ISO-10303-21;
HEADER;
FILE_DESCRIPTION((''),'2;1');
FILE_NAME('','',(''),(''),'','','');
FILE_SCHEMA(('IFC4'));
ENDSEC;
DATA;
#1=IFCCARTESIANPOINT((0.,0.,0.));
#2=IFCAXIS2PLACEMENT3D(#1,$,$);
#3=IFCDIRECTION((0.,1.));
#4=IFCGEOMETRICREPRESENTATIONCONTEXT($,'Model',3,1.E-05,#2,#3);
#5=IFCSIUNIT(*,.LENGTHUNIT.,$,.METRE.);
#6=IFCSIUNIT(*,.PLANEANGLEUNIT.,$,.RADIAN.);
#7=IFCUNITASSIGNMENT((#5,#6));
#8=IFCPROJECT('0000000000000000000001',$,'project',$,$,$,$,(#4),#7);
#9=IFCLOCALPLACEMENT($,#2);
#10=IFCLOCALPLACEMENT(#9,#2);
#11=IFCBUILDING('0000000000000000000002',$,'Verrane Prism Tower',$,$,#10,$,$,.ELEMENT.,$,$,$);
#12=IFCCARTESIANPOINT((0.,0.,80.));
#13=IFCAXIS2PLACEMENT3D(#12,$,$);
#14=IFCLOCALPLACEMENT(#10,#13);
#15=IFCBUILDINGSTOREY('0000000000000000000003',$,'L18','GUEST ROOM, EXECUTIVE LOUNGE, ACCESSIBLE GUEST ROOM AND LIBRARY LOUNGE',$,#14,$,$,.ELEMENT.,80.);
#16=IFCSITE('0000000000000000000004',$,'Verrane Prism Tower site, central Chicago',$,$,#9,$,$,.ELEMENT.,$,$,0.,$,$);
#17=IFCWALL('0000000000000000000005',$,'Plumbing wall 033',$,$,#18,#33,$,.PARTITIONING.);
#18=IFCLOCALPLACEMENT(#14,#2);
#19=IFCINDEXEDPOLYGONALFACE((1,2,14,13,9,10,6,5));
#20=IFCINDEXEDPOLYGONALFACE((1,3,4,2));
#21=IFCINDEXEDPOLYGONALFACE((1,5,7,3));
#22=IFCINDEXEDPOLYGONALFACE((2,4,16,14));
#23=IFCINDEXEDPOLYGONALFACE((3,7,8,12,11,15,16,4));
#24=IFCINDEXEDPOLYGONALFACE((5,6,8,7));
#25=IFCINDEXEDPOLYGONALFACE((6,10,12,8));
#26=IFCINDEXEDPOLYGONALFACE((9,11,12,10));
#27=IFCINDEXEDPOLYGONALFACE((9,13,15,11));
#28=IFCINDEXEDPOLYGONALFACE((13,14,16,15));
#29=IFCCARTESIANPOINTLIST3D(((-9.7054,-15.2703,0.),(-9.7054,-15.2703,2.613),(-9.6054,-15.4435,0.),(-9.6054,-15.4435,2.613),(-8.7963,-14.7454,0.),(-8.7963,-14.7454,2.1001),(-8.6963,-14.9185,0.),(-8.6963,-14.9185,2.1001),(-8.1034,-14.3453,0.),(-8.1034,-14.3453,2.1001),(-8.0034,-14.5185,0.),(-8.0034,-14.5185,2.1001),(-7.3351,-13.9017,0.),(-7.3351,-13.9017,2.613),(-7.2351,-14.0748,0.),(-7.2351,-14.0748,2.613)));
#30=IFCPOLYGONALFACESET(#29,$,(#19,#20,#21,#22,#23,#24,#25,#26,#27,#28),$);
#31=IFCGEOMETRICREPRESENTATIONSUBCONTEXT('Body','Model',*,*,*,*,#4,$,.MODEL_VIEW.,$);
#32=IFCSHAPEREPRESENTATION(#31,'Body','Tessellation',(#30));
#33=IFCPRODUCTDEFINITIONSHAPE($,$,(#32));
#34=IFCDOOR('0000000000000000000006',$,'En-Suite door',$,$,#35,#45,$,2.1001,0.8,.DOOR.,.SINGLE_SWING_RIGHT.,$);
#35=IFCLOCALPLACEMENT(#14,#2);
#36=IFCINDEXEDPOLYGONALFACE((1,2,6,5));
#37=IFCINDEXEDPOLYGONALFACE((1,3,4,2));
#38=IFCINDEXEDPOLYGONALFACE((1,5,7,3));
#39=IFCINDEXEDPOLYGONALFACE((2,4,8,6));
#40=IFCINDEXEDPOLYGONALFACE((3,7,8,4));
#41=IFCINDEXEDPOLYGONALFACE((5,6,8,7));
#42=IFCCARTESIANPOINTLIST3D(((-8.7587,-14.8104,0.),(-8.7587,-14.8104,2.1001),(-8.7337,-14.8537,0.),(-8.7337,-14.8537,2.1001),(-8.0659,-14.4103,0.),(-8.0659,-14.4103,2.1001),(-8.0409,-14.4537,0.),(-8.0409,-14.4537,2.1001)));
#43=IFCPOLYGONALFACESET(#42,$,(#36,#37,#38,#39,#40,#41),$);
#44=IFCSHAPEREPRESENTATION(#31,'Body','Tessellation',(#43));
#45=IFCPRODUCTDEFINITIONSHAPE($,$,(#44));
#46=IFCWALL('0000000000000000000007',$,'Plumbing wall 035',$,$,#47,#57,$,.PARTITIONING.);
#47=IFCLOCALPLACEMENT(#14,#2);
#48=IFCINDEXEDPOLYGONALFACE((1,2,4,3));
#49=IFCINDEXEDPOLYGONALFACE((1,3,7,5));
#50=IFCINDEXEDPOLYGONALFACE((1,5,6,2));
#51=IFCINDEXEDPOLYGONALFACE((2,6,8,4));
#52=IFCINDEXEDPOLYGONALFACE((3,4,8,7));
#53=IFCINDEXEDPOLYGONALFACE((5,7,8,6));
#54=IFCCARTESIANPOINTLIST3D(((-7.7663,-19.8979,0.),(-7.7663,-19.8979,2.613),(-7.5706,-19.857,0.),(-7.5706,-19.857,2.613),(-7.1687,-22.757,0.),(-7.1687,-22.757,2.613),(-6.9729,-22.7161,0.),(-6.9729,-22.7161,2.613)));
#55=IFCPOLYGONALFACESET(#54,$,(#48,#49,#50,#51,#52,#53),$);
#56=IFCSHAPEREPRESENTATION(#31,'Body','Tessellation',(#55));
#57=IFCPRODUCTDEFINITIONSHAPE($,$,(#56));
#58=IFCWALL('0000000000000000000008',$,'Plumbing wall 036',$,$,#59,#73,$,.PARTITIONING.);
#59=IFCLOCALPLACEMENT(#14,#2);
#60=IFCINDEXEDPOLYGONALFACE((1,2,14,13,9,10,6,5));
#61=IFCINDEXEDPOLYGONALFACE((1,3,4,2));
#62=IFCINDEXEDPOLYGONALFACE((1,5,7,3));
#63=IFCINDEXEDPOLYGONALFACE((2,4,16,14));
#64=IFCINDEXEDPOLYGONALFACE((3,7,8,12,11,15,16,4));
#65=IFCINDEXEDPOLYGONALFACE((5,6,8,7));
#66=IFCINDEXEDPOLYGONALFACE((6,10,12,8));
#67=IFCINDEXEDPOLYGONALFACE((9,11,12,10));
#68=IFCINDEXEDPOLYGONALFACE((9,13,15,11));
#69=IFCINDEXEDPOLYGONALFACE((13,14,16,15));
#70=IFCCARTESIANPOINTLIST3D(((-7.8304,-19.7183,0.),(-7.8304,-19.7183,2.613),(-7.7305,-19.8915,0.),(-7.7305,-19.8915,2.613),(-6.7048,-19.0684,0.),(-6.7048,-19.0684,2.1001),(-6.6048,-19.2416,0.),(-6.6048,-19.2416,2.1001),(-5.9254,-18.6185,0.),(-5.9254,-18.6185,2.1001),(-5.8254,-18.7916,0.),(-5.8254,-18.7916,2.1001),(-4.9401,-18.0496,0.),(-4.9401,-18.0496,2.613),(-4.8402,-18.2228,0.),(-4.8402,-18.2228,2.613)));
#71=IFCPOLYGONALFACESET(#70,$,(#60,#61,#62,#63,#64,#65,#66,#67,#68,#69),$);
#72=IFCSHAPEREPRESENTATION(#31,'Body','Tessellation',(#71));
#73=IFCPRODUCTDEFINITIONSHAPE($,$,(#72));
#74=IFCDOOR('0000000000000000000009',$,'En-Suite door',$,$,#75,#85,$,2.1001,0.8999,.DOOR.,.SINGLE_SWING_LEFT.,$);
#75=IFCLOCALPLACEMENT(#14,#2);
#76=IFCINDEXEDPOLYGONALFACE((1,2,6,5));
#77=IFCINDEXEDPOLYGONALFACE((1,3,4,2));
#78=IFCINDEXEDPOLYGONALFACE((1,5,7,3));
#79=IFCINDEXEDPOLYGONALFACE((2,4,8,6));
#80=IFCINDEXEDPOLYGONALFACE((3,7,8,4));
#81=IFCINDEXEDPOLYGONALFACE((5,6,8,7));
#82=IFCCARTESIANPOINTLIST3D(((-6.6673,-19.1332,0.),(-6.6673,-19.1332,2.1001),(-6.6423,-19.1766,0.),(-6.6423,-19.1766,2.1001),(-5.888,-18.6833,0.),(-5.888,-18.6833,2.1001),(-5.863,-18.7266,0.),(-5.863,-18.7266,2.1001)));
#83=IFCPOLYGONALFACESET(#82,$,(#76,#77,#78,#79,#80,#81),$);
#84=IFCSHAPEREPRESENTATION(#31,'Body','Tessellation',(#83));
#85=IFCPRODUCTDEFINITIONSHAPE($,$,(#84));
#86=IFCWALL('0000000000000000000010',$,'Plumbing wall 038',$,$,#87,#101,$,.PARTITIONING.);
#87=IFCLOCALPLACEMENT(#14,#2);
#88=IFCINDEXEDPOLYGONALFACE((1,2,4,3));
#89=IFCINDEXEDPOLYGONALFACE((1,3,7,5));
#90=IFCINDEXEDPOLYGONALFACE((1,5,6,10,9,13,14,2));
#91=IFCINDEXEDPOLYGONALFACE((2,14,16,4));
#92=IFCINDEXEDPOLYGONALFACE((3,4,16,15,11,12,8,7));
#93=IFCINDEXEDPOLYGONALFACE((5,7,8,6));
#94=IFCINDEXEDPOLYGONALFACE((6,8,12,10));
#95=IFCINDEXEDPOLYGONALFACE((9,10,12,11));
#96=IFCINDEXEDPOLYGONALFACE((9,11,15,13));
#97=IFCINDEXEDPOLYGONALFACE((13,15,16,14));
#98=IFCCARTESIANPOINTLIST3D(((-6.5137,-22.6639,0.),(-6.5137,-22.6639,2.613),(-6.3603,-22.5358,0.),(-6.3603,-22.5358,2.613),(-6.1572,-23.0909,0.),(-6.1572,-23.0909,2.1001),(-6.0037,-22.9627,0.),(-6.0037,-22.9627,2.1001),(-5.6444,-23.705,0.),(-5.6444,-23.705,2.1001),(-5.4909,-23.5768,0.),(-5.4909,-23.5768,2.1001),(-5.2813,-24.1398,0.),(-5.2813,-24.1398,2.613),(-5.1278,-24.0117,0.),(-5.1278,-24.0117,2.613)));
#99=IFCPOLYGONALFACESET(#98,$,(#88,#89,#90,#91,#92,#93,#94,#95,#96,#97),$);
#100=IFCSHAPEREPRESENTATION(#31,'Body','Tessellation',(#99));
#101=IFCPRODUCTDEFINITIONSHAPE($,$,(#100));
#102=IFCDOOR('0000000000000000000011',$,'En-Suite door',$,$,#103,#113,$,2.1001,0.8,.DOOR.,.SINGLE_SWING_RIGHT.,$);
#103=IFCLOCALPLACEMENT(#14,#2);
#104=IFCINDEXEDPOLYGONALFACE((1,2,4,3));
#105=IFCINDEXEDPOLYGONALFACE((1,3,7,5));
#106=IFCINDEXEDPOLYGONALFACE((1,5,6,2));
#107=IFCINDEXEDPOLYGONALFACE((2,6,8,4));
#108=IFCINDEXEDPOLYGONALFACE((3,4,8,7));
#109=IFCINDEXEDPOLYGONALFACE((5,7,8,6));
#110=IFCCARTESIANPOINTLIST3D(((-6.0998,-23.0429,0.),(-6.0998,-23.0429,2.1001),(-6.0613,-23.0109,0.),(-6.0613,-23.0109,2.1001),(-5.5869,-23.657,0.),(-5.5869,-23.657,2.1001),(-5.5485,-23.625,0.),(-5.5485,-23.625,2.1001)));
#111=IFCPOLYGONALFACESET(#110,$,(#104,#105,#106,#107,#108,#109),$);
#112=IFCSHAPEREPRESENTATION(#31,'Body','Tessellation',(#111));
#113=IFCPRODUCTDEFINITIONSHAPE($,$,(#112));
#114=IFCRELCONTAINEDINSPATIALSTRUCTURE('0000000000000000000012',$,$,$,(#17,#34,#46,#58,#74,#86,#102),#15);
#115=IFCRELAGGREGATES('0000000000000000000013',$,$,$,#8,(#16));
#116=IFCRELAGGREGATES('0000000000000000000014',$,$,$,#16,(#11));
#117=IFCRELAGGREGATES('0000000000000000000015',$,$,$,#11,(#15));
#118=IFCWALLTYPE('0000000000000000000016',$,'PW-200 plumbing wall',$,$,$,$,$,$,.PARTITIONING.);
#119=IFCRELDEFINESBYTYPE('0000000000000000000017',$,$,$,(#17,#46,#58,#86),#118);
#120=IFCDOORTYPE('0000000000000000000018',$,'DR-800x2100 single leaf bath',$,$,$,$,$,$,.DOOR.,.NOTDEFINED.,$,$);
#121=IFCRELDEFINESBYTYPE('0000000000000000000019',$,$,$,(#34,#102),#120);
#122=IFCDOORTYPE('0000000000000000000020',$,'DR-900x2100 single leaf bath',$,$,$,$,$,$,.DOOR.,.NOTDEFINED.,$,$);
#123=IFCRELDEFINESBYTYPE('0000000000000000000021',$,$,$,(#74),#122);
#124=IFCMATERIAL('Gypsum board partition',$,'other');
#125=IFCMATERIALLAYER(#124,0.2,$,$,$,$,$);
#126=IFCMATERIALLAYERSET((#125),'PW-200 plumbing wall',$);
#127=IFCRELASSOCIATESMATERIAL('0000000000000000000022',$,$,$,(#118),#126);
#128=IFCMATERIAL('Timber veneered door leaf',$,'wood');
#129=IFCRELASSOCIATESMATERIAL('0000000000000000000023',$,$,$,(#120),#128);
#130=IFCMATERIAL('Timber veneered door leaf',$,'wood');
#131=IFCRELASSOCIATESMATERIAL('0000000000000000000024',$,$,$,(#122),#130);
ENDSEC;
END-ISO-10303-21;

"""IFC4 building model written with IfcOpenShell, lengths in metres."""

from ifc_helpers import new_model, si_unit, direction, frame, frame_2d, origin, place, context, subcontext, project, spatial, rectangle, extrude, material, layer, layer_set, type_object, element, fill, save


model = new_model("IFC4")

# Units and contexts
model_context = context("Model", 3, precision=1e-05, world=origin(), true_north=direction((0.0, 1.0)))
body_context = subcontext(model_context, "Body", "Model", "MODEL_VIEW")
ifc_project = project(units=[si_unit("LENGTHUNIT", "METRE"), si_unit("PLANEANGLEUNIT", "RADIAN")], contexts=[model_context])

# Site, building, storey
site_placement = place(None, origin())
site = spatial("IfcSite", under=ifc_project, at=site_placement, Name="Verrane Prism Tower site, central Chicago", CompositionType="ELEMENT", RefElevation=0.0)
building_placement = place(site_placement, origin())
building = spatial("IfcBuilding", under=site, at=building_placement, Name="Verrane Prism Tower", CompositionType="ELEMENT")
storey_placement = place(building_placement, frame((0.0, 0.0, 80.0)))
storey = spatial("IfcBuildingStorey", under=building, at=storey_placement, Name="L18", Description="GUEST ROOM, EXECUTIVE LOUNGE, ACCESSIBLE GUEST ROOM AND LIBRARY LOUNGE", CompositionType="ELEMENT", Elevation=80.0)

# Shared definitions
ifc_material_1 = material(Name="Gypsum board partition", Category="other")
ifc_layer_1 = layer(ifc_material_1, 0.2)
ifc_layer_set_1 = layer_set([ifc_layer_1], Name="PW-200 plumbing wall")
wall_type_1 = type_object("IfcWallType", Name="PW-200 plumbing wall", PredefinedType="PARTITIONING", material=ifc_layer_set_1)

# Wall, opening, door
wall_1_placement = place(storey_placement, frame((-9.6555, -15.3569, 0.0), z_axis=(0.0, 0.0, 1.0), x_axis=(0.866006, 0.500034, 0.0)))
wall_1 = element("IfcWall", 1, at=wall_1_placement, inside=storey, type_object=wall_type_1, Name="Plumbing wall 033", PredefinedType="PARTITIONING", context=body_context, shape_type="SweptSolid", body=[
    extrude(rectangle(XDim=2.7371, YDim=0.2, at=frame_2d((1.3687, 0.0))), origin(), (0.0, 0.0, 1.0), 2.613),
])
opening_1_placement = place(wall_1_placement, frame((1.05, 0.0, 0.0)))
opening_1 = element("IfcOpeningElement", 2, at=opening_1_placement, cuts=wall_1, PredefinedType="OPENING", context=body_context, shape_type="SweptSolid", body=[
    extrude(rectangle(XDim=0.8, YDim=2.1001, at=frame_2d((0.3999, 1.05))), frame((0.0, 0.1099, 0.0), z_axis=(0.0, -1.0, 0.0), x_axis=(1.0, 0.0, 0.0)), (0.0, 0.0, 1.0), 0.22),
])
ifc_material_2 = material(Name="Timber veneered door leaf", Category="wood")
door_type_1 = type_object("IfcDoorType", Name="DR-800x2100 single leaf bath", OperationType="NOTDEFINED", PredefinedType="DOOR", material=ifc_material_2)
door_1_placement = place(opening_1_placement, origin())
door_1 = element("IfcDoor", 3, at=door_1_placement, inside=storey, type_object=door_type_1, Name="En-Suite door", OperationType="SINGLE_SWING_RIGHT", OverallHeight=2.1001, OverallWidth=0.8, PredefinedType="DOOR", context=body_context, shape_type="SweptSolid", body=[
    extrude(rectangle(XDim=0.8, YDim=2.1001, at=frame_2d((0.3999, 1.05))), frame((0.0, 0.0249, 0.0), z_axis=(0.0, -1.0, 0.0), x_axis=(1.0, 0.0, 0.0)), (0.0, 0.0, 1.0), 0.05),
])
fill(opening_1, door_1)

# Wall
wall_2_placement = place(storey_placement, frame((-7.6685, -19.8774, 0.0), z_axis=(0.0, 0.0, 1.0), x_axis=(0.204612, -0.978843, 0.0)))
element("IfcWall", 4, at=wall_2_placement, inside=storey, type_object=wall_type_1, Name="Plumbing wall 035", PredefinedType="PARTITIONING", context=body_context, shape_type="SweptSolid", body=[
    extrude(rectangle(XDim=2.9209, YDim=0.2, at=frame_2d((1.4604, 0.0))), origin(), (0.0, 0.0, 1.0), 2.613),
])

# Walls, openings, doors
wall_3_placement = place(storey_placement, frame((-4.8901, -18.1362, 0.0), z_axis=(0.0, 0.0, 1.0), x_axis=(-0.866033, -0.499986, 0.0)))
wall_3 = element("IfcWall", 5, at=wall_3_placement, inside=storey, type_object=wall_type_1, Name="Plumbing wall 036", PredefinedType="PARTITIONING", context=body_context, shape_type="SweptSolid", body=[
    extrude(rectangle(XDim=3.3374, YDim=0.2, at=frame_2d((1.6687, 0.0))), origin(), (0.0, 0.0, 1.0), 2.613),
])
opening_2_placement = place(wall_3_placement, frame((1.1377, 0.0, 0.0)))
opening_2 = element("IfcOpeningElement", 6, at=opening_2_placement, cuts=wall_3, PredefinedType="OPENING", context=body_context, shape_type="SweptSolid", body=[
    extrude(rectangle(XDim=0.8999, YDim=2.1001, at=frame_2d((0.45, 1.05))), frame((0.0, 0.1099, 0.0), z_axis=(0.0, -1.0, 0.0), x_axis=(1.0, 0.0, 0.0)), (0.0, 0.0, 1.0), 0.22),
])
ifc_material_3 = material(Name="Timber veneered door leaf", Category="wood")
door_type_2 = type_object("IfcDoorType", Name="DR-900x2100 single leaf bath", OperationType="NOTDEFINED", PredefinedType="DOOR", material=ifc_material_3)
door_2_placement = place(opening_2_placement, origin())
door_2 = element("IfcDoor", 7, at=door_2_placement, inside=storey, type_object=door_type_2, Name="En-Suite door", OperationType="SINGLE_SWING_LEFT", OverallHeight=2.1001, OverallWidth=0.8999, PredefinedType="DOOR", context=body_context, shape_type="SweptSolid", body=[
    extrude(rectangle(XDim=0.8999, YDim=2.1001, at=frame_2d((0.45, 1.05))), frame((0.0, 0.0249, 0.0), z_axis=(0.0, -1.0, 0.0), x_axis=(1.0, 0.0, 0.0)), (0.0, 0.0, 1.0), 0.05),
])
fill(opening_2, door_2)
wall_4_placement = place(storey_placement, frame((-6.437, -22.5999, 0.0), z_axis=(0.0, 0.0, 1.0), x_axis=(0.640971, -0.767565, 0.0)))
wall_4 = element("IfcWall", 8, at=wall_4_placement, inside=storey, type_object=wall_type_1, Name="Plumbing wall 038", PredefinedType="PARTITIONING", context=body_context, shape_type="SweptSolid", body=[
    extrude(rectangle(XDim=1.9229, YDim=0.2, at=frame_2d((0.9614, 0.0))), origin(), (0.0, 0.0, 1.0), 2.613),
])
opening_3_placement = place(wall_4_placement, frame((0.5564, 0.0, 0.0)))
opening_3 = element("IfcOpeningElement", 9, at=opening_3_placement, cuts=wall_4, PredefinedType="OPENING", context=body_context, shape_type="SweptSolid", body=[
    extrude(rectangle(XDim=0.8, YDim=2.1001, at=frame_2d((0.3999, 1.05))), frame((0.0, 0.1099, 0.0), z_axis=(0.0, -1.0, 0.0), x_axis=(1.0, 0.0, 0.0)), (0.0, 0.0, 1.0), 0.22),
])
door_3_placement = place(opening_3_placement, origin())
door_3 = element("IfcDoor", 10, at=door_3_placement, inside=storey, type_object=door_type_1, Name="En-Suite door", OperationType="SINGLE_SWING_RIGHT", OverallHeight=2.1001, OverallWidth=0.8, PredefinedType="DOOR", context=body_context, shape_type="SweptSolid", body=[
    extrude(rectangle(XDim=0.8, YDim=2.1001, at=frame_2d((0.3999, 1.05))), frame((0.0, 0.0249, 0.0), z_axis=(0.0, -1.0, 0.0), x_axis=(1.0, 0.0, 0.0)), (0.0, 0.0, 1.0), 0.05),
])
fill(opening_3, door_3)

save(model, "model.ifc")
